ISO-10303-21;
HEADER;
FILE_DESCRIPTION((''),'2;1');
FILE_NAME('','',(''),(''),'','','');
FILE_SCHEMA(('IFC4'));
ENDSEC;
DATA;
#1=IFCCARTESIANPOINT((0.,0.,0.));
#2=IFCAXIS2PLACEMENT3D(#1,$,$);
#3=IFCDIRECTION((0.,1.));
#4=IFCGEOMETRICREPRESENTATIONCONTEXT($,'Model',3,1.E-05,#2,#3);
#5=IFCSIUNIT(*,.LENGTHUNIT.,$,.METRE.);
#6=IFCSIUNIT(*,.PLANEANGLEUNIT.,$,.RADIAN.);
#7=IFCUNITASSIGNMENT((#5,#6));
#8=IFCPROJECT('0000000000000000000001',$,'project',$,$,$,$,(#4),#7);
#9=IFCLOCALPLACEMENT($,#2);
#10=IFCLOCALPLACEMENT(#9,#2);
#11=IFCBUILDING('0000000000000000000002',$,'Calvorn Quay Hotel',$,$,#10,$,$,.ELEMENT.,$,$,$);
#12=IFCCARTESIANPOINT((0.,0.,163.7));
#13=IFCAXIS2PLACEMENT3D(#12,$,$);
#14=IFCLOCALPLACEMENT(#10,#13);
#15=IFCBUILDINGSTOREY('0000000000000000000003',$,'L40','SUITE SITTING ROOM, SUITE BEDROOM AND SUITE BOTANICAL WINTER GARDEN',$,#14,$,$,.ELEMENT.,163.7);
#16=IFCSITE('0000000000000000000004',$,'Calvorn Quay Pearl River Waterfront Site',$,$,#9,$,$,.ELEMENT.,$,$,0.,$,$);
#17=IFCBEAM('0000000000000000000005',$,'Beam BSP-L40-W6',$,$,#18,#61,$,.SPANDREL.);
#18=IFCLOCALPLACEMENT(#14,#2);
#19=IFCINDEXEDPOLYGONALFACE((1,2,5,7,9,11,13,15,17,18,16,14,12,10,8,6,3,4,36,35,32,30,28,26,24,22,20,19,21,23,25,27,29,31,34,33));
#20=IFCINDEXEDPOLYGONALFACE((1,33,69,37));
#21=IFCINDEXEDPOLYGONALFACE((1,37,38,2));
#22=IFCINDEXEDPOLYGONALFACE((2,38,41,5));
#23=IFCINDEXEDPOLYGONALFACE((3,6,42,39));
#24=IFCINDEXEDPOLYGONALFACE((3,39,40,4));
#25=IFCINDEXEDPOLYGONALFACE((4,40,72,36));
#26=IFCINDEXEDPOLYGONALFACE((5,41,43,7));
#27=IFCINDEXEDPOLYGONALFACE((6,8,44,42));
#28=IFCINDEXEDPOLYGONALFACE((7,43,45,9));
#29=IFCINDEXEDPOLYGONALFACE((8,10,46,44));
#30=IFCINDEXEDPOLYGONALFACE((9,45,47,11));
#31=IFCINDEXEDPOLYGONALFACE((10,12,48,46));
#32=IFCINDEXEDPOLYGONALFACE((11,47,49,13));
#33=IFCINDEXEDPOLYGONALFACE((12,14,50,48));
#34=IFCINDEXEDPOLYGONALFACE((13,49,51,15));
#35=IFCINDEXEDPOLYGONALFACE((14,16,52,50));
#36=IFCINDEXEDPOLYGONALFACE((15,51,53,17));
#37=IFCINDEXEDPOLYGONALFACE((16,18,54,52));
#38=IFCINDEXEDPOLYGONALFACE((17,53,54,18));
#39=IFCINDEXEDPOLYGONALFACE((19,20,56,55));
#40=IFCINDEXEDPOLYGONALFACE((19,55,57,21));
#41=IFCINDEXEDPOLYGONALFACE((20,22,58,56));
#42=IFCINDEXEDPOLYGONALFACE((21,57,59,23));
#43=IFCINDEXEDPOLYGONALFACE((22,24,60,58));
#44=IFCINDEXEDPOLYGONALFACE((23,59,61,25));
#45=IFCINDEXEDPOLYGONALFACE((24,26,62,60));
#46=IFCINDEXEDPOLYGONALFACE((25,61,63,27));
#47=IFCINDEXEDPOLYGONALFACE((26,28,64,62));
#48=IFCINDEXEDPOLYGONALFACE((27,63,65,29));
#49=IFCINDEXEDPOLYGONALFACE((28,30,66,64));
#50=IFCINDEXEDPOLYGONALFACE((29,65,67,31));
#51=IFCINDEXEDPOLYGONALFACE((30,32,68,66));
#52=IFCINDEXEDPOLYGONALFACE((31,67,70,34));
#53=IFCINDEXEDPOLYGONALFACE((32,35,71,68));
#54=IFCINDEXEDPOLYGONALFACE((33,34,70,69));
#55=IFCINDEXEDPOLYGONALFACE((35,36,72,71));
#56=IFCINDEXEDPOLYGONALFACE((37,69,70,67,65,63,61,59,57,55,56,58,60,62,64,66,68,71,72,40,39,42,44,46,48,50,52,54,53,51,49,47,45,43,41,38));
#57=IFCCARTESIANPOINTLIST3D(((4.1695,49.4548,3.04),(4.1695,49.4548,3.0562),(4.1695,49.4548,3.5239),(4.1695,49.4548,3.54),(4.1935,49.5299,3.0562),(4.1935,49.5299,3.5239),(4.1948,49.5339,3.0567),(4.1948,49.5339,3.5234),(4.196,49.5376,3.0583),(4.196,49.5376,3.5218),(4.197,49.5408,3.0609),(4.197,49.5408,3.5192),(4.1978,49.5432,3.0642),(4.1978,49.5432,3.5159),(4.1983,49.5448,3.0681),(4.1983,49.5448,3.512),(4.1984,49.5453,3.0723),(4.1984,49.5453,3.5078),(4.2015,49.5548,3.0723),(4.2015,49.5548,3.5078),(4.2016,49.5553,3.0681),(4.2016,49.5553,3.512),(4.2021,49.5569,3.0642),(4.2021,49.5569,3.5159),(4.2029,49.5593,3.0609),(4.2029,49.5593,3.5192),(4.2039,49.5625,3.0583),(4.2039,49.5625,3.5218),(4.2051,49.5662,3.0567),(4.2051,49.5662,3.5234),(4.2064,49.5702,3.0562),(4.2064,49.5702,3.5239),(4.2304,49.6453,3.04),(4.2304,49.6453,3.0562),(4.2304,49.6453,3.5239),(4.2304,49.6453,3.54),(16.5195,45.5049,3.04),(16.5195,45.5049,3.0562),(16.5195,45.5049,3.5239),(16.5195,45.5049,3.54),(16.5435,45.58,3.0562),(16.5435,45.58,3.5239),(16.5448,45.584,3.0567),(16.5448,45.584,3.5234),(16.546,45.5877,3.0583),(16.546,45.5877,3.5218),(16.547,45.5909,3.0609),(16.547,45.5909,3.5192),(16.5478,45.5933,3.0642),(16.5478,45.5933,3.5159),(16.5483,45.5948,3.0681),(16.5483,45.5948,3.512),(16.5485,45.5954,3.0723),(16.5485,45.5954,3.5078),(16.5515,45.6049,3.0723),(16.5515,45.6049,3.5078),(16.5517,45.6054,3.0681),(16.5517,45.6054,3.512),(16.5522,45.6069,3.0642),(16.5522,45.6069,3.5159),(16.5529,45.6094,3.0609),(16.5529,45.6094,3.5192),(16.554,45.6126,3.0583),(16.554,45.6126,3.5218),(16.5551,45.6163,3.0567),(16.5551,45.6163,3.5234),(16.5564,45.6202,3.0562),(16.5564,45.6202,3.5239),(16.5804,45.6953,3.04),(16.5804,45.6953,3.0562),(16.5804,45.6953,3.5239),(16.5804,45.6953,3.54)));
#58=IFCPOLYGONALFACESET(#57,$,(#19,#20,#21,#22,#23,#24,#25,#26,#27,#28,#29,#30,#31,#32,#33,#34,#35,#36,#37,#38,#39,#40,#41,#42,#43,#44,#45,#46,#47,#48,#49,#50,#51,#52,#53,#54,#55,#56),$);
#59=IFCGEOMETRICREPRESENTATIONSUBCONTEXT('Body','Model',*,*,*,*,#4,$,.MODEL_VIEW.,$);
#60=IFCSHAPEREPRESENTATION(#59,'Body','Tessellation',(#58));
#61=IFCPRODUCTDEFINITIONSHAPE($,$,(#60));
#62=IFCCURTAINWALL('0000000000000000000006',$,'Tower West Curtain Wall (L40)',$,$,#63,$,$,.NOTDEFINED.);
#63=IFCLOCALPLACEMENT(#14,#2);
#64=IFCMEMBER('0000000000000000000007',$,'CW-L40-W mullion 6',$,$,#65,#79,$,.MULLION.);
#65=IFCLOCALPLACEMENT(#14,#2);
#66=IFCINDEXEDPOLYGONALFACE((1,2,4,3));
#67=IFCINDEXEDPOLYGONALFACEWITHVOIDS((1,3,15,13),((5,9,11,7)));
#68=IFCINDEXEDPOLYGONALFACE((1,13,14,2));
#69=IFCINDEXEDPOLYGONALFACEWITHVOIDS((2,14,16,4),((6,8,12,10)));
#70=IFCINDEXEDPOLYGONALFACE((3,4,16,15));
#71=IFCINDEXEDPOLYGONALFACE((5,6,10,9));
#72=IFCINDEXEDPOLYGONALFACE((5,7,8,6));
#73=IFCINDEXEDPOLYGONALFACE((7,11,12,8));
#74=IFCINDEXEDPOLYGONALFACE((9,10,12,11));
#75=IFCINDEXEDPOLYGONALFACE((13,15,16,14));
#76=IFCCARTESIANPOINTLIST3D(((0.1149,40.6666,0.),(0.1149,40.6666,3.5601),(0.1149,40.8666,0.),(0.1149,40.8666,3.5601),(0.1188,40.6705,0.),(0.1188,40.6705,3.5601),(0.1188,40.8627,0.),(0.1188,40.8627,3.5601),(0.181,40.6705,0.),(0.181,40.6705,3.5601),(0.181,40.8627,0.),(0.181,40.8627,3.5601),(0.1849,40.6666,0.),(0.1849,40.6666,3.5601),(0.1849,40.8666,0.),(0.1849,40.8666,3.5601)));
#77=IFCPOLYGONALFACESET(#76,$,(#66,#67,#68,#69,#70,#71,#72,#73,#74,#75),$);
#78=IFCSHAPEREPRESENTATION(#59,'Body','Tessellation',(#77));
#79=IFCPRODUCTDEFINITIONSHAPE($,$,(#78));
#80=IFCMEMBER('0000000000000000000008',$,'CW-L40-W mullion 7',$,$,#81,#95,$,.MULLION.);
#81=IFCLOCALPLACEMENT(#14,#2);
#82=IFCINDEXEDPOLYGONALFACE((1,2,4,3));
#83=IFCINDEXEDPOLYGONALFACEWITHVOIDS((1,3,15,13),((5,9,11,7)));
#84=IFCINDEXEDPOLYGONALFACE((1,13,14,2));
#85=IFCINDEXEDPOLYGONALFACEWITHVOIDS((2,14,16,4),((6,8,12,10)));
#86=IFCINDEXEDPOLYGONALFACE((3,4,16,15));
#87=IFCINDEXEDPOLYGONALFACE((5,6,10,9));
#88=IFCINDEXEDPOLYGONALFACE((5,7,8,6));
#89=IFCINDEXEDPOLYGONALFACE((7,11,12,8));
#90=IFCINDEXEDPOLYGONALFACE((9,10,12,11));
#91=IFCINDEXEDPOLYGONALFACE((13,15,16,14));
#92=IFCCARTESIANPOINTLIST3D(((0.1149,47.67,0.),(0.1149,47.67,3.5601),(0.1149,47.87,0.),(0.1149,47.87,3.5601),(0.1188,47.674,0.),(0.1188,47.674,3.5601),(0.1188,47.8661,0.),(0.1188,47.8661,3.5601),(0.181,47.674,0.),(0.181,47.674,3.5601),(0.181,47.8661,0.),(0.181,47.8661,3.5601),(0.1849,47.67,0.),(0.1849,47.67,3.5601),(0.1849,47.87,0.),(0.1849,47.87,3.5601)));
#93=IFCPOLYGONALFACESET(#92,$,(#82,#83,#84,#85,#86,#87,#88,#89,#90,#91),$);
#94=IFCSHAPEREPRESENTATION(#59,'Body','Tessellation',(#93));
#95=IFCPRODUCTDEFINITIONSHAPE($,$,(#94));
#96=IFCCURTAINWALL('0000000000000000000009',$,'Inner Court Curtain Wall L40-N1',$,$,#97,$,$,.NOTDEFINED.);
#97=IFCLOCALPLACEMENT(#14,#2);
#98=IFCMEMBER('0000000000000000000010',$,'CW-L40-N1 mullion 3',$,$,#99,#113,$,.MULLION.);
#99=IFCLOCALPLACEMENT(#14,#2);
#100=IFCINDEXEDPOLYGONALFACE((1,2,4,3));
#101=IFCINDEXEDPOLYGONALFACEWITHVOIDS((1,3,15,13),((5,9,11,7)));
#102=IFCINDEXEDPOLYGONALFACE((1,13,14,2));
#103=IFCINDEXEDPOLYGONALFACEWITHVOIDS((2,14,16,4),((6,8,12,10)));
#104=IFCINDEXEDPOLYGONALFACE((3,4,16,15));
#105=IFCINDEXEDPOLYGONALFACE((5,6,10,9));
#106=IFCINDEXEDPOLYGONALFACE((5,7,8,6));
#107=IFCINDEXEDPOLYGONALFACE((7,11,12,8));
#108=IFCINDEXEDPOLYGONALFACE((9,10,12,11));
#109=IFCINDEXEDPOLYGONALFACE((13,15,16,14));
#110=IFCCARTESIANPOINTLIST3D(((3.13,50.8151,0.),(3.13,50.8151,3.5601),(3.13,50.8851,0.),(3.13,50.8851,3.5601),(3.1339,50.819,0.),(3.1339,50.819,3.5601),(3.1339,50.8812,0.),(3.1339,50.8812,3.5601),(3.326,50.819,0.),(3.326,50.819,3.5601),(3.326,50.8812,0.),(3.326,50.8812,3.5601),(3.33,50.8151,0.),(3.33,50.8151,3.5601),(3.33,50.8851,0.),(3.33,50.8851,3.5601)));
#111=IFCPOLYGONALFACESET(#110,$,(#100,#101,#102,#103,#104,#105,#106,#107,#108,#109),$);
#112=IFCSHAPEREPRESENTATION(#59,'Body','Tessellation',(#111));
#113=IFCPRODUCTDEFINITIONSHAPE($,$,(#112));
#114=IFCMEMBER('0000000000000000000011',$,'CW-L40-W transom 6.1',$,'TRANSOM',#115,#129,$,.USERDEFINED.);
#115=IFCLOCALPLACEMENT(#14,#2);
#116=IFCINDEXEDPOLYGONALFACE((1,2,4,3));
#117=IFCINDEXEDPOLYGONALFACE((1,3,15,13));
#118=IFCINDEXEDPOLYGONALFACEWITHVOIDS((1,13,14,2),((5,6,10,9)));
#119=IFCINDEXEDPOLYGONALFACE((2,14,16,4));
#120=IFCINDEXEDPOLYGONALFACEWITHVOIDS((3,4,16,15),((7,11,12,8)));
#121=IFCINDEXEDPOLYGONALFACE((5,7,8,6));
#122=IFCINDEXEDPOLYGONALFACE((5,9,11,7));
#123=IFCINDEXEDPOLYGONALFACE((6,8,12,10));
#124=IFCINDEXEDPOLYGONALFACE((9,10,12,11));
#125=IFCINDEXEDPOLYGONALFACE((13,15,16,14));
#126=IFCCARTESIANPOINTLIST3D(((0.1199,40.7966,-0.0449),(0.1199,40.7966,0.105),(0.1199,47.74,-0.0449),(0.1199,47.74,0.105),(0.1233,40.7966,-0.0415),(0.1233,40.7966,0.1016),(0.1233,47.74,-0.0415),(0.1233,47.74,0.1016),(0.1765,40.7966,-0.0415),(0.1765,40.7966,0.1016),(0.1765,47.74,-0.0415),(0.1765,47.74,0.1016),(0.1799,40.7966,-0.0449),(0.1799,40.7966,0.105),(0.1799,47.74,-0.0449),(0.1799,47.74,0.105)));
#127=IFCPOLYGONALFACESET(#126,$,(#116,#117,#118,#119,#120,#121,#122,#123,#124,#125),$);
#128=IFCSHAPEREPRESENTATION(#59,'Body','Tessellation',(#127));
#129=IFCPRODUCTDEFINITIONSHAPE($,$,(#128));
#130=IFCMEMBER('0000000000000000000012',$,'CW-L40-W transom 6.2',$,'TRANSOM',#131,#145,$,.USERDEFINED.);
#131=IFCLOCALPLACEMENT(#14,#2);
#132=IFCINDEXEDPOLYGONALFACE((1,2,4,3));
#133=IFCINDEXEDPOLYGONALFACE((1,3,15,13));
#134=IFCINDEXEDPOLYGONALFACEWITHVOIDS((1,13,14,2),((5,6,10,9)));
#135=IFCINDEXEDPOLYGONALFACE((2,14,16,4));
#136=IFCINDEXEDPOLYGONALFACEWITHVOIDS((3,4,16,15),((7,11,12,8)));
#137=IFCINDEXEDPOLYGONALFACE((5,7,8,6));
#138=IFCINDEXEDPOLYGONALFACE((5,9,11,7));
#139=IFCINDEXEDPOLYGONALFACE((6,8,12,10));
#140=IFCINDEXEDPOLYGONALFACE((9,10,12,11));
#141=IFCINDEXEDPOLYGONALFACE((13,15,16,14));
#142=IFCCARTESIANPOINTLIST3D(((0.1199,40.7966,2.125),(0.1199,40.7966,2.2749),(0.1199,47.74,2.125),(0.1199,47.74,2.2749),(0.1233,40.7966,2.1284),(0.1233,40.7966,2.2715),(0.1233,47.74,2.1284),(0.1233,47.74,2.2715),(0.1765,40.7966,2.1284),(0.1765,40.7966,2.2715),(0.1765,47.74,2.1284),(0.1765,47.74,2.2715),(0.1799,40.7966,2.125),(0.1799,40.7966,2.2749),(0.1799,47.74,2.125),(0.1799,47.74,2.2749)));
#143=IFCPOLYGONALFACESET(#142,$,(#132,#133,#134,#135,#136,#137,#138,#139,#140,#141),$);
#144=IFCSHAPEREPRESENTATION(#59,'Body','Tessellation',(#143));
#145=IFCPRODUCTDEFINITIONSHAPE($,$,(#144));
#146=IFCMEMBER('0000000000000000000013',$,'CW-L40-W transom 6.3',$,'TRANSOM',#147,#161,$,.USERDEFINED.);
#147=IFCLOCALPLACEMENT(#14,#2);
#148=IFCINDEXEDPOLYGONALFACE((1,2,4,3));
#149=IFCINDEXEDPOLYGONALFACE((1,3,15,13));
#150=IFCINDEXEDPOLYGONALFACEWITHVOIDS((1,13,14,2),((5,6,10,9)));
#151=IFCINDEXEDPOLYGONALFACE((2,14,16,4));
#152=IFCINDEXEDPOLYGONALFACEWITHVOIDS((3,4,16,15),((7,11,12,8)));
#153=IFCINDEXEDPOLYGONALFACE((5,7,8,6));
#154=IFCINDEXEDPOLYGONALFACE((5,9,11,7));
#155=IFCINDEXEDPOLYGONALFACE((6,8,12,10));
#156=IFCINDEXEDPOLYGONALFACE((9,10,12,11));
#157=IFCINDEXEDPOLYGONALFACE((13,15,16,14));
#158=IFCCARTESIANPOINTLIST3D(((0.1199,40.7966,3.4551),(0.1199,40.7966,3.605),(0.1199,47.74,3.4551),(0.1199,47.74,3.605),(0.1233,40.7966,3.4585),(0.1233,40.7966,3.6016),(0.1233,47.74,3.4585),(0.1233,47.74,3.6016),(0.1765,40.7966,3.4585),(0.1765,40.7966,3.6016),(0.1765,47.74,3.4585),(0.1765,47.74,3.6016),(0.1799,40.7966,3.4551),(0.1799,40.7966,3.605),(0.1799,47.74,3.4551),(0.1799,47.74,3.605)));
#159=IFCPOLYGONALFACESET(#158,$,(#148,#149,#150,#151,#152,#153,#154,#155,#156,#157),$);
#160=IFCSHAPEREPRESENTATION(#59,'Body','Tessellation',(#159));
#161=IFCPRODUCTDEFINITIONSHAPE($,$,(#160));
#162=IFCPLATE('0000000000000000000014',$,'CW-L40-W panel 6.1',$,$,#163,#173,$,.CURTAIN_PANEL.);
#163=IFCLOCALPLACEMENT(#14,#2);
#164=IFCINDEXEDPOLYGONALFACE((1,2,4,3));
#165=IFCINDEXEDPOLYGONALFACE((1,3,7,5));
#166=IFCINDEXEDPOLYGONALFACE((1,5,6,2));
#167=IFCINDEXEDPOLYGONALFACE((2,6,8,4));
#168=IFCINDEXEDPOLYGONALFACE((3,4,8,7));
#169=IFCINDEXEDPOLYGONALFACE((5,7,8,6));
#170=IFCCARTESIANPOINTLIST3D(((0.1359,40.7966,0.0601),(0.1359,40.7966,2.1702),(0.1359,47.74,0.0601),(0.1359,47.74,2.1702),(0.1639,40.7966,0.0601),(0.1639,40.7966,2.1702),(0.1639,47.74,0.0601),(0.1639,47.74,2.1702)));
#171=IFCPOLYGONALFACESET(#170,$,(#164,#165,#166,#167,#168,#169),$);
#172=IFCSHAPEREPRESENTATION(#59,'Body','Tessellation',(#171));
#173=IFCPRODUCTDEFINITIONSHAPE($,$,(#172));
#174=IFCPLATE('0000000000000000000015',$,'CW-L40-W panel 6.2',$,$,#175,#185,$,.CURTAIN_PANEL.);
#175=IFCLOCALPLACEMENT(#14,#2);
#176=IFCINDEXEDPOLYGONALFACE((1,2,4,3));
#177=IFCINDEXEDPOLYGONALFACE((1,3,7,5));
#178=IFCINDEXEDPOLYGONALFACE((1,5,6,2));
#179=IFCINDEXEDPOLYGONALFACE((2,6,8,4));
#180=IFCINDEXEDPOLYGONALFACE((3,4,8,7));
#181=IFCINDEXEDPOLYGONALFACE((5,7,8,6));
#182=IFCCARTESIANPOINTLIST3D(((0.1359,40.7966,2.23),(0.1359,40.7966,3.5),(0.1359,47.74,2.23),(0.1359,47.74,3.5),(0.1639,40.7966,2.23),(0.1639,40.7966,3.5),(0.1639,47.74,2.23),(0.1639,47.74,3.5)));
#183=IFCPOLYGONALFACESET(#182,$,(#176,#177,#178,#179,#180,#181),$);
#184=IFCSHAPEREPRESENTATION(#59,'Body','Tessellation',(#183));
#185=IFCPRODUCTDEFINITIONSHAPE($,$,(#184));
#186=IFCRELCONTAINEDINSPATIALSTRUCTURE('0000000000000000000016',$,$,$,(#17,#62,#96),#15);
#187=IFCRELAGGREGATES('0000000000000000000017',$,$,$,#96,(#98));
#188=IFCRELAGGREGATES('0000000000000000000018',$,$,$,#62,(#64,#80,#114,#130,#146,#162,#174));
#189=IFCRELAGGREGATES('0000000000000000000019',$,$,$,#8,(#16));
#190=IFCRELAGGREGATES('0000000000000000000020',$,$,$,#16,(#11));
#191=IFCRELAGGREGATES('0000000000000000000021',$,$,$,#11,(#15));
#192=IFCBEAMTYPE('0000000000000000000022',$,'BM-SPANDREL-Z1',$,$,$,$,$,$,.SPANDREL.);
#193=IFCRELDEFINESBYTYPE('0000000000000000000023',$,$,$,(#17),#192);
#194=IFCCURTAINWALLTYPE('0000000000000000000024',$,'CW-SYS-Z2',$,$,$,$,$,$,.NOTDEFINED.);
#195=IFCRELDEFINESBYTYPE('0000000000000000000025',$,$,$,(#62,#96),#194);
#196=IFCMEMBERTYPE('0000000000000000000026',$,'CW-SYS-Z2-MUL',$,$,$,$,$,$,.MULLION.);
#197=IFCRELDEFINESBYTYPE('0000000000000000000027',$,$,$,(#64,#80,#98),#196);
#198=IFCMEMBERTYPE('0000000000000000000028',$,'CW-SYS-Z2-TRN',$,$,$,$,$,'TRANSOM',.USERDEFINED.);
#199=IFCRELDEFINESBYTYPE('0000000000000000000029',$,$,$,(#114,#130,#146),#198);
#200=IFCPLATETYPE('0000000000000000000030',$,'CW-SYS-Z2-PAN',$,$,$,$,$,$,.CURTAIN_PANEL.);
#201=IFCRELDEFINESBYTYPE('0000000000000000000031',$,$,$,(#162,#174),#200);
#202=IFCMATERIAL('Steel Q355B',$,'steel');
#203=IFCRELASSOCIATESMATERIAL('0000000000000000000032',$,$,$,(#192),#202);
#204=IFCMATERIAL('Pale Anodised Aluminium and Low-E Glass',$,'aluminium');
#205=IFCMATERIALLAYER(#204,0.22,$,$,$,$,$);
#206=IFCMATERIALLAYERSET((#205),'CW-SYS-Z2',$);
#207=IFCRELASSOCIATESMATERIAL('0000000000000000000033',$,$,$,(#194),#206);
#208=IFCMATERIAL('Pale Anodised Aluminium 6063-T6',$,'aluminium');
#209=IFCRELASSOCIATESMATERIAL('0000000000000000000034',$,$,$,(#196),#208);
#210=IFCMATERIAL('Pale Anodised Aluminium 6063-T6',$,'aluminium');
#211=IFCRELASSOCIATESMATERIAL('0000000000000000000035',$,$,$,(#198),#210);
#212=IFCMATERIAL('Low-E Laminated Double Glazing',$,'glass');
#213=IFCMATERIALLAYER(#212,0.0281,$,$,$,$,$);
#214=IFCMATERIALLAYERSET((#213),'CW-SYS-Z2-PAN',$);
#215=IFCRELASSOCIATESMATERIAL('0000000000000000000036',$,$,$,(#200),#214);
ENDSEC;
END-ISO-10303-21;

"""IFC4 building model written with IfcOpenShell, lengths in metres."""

from ifc_helpers import new_model, si_unit, direction, frame, origin, origin_2d, place, context, subcontext, project, spatial, rectangle, hollow_rectangle, i_section, extrude, material, layer, layer_set, material_profile, profile_set, type_object, element, aggregate, save


model = new_model("IFC4")

# Units and contexts
model_context = context("Model", 3, precision=1e-05, world=origin(), true_north=direction((0.0, 1.0)))
body_context = subcontext(model_context, "Body", "Model", "MODEL_VIEW")
ifc_project = project(units=[si_unit("LENGTHUNIT", "METRE"), si_unit("PLANEANGLEUNIT", "RADIAN")], contexts=[model_context])

# Site, building, storey
site_placement = place(None, origin())
site = spatial("IfcSite", under=ifc_project, at=site_placement, Name="Calvorn Quay Pearl River Waterfront Site", CompositionType="ELEMENT", RefElevation=0.0)
building_placement = place(site_placement, origin())
building = spatial("IfcBuilding", under=site, at=building_placement, Name="Calvorn Quay Hotel", CompositionType="ELEMENT")
storey_placement = place(building_placement, frame((0.0, 0.0, 163.7)))
storey = spatial("IfcBuildingStorey", under=building, at=storey_placement, Name="L40", Description="SUITE SITTING ROOM, SUITE BEDROOM AND SUITE BOTANICAL WINTER GARDEN", CompositionType="ELEMENT", Elevation=163.7)

# Beam
ifc_material_1 = material(Name="Steel Q355B", Category="steel")
ifc_material_profile_1 = material_profile(ifc_material_1, i_section(OverallWidth=0.2, OverallDepth=0.5, WebThickness=0.01, FlangeThickness=0.0161, FilletRadius=0.0161, at=origin_2d()), Name="HN500x200x10x16")
ifc_profile_set_1 = profile_set([ifc_material_profile_1], Name="Steel Q355B")
beam_type_1 = type_object("IfcBeamType", Name="BM-SPANDREL-Z1", PredefinedType="SPANDREL", material=ifc_profile_set_1)
beam_1_placement = place(storey_placement, frame((4.2, 49.55, 3.29), z_axis=(0.952471, -0.30463, 0.0), x_axis=(0.30463, 0.952471, 0.0)))
element("IfcBeam", 1, at=beam_1_placement, inside=storey, type_object=beam_type_1, Name="Beam BSP-L40-W6", PredefinedType="SPANDREL", context=body_context, shape_type="SweptSolid", body=[
    extrude(i_section(OverallWidth=0.2, OverallDepth=0.5, WebThickness=0.01, FlangeThickness=0.0161, FilletRadius=0.0161, at=origin_2d()), origin(), (0.0, 0.0, 1.0), 12.9663),
])

# Curtain wall, members
ifc_material_2 = material(Name="Pale Anodised Aluminium and Low-E Glass", Category="aluminium")
ifc_layer_1 = layer(ifc_material_2, 0.22)
ifc_layer_set_1 = layer_set([ifc_layer_1], Name="CW-SYS-Z2")
curtain_wall_type = type_object("IfcCurtainWallType", Name="CW-SYS-Z2", PredefinedType="NOTDEFINED", material=ifc_layer_set_1)
curtain_wall_1_placement = place(storey_placement, origin())
curtain_wall_1 = element("IfcCurtainWall", 2, at=curtain_wall_1_placement, inside=storey, type_object=curtain_wall_type, Name="Tower West Curtain Wall (L40)", PredefinedType="NOTDEFINED")
ifc_material_3 = material(Name="Pale Anodised Aluminium 6063-T6", Category="aluminium")
ifc_material_profile_2 = material_profile(ifc_material_3, hollow_rectangle(XDim=0.0701, YDim=0.2, WallThickness=0.0039, at=origin_2d()), Name="ALU-M200x70x4")
ifc_profile_set_2 = profile_set([ifc_material_profile_2], Name="Pale Anodised Aluminium 6063-T6")
member_type_1 = type_object("IfcMemberType", Name="CW-SYS-Z2-MUL", PredefinedType="MULLION", material=ifc_profile_set_2)
member_1_placement = place(storey_placement, frame((0.1499, 40.7666, 0.0), z_axis=(0.0, 0.0, 1.0), x_axis=(-1.0, 0.0, 0.0)))
member_1 = element("IfcMember", 3, at=member_1_placement, type_object=member_type_1, Name="CW-L40-W mullion 6", PredefinedType="MULLION", context=body_context, shape_type="SweptSolid", body=[
    extrude(hollow_rectangle(XDim=0.0701, YDim=0.2, WallThickness=0.0039, at=origin_2d()), origin(), (0.0, 0.0, 1.0), 3.5601),
])
member_2_placement = place(storey_placement, frame((0.1499, 47.77, 0.0), z_axis=(0.0, 0.0, 1.0), x_axis=(-1.0, 0.0, 0.0)))
member_2 = element("IfcMember", 4, at=member_2_placement, type_object=member_type_1, Name="CW-L40-W mullion 7", PredefinedType="MULLION", context=body_context, shape_type="SweptSolid", body=[
    extrude(hollow_rectangle(XDim=0.0701, YDim=0.2, WallThickness=0.0039, at=origin_2d()), origin(), (0.0, 0.0, 1.0), 3.5601),
])

# Curtain wall, member
curtain_wall_2_placement = place(storey_placement, origin())
curtain_wall_2 = element("IfcCurtainWall", 5, at=curtain_wall_2_placement, inside=storey, type_object=curtain_wall_type, Name="Inner Court Curtain Wall L40-N1", PredefinedType="NOTDEFINED")
member_3_placement = place(storey_placement, frame((3.23, 50.8501, 0.0), z_axis=(0.0, 0.0, 1.0), x_axis=(0.0, -1.0, 0.0)))
member_3 = element("IfcMember", 6, at=member_3_placement, type_object=member_type_1, Name="CW-L40-N1 mullion 3", PredefinedType="MULLION", context=body_context, shape_type="SweptSolid", body=[
    extrude(hollow_rectangle(XDim=0.0701, YDim=0.2, WallThickness=0.0039, at=origin_2d()), origin(), (0.0, 0.0, 1.0), 3.5601),
])
aggregate(curtain_wall_2, [member_3])

# Members
ifc_material_4 = material(Name="Pale Anodised Aluminium 6063-T6", Category="aluminium")
ifc_material_profile_3 = material_profile(ifc_material_4, hollow_rectangle(XDim=0.0601, YDim=0.1499, WallThickness=0.0034, at=origin_2d()), Name="ALU-T150x60x3.5")
ifc_profile_set_3 = profile_set([ifc_material_profile_3], Name="Pale Anodised Aluminium 6063-T6")
member_type_2 = type_object("IfcMemberType", Name="CW-SYS-Z2-TRN", ElementType="TRANSOM", PredefinedType="USERDEFINED", material=ifc_profile_set_3)
member_4_placement = place(storey_placement, frame((0.1499, 40.7966, 0.03), z_axis=(0.0, 1.0, 0.0), x_axis=(-1.0, 0.0, 0.0)))
member_4 = element("IfcMember", 7, at=member_4_placement, type_object=member_type_2, Name="CW-L40-W transom 6.1", ObjectType="TRANSOM", PredefinedType="USERDEFINED", context=body_context, shape_type="SweptSolid", body=[
    extrude(hollow_rectangle(XDim=0.0601, YDim=0.1499, WallThickness=0.0034, at=origin_2d()), origin(), (0.0, 0.0, 1.0), 6.9434),
])
member_5_placement = place(storey_placement, frame((0.1499, 40.7966, 2.2), z_axis=(0.0, 1.0, 0.0), x_axis=(-1.0, 0.0, 0.0)))
member_5 = element("IfcMember", 8, at=member_5_placement, type_object=member_type_2, Name="CW-L40-W transom 6.2", ObjectType="TRANSOM", PredefinedType="USERDEFINED", context=body_context, shape_type="SweptSolid", body=[
    extrude(hollow_rectangle(XDim=0.0601, YDim=0.1499, WallThickness=0.0034, at=origin_2d()), origin(), (0.0, 0.0, 1.0), 6.9434),
])
member_6_placement = place(storey_placement, frame((0.1499, 40.7966, 3.53), z_axis=(0.0, 1.0, 0.0), x_axis=(-1.0, 0.0, 0.0)))
member_6 = element("IfcMember", 9, at=member_6_placement, type_object=member_type_2, Name="CW-L40-W transom 6.3", ObjectType="TRANSOM", PredefinedType="USERDEFINED", context=body_context, shape_type="SweptSolid", body=[
    extrude(hollow_rectangle(XDim=0.0601, YDim=0.1499, WallThickness=0.0034, at=origin_2d()), origin(), (0.0, 0.0, 1.0), 6.9434),
])

# Plates
ifc_material_5 = material(Name="Low-E Laminated Double Glazing", Category="glass")
ifc_layer_2 = layer(ifc_material_5, 0.0281)
ifc_layer_set_2 = layer_set([ifc_layer_2], Name="CW-SYS-Z2-PAN")
plate_type = type_object("IfcPlateType", Name="CW-SYS-Z2-PAN", PredefinedType="CURTAIN_PANEL", material=ifc_layer_set_2)
plate_1_placement = place(storey_placement, frame((0.1499, 44.2683, 0.0601), z_axis=(0.0, 0.0, 1.0), x_axis=(0.0, 1.0, 0.0)))
plate_1 = element("IfcPlate", 10, at=plate_1_placement, type_object=plate_type, Name="CW-L40-W panel 6.1", PredefinedType="CURTAIN_PANEL", context=body_context, shape_type="SweptSolid", body=[
    extrude(rectangle(XDim=6.9434, YDim=0.0281, at=origin_2d()), origin(), (0.0, 0.0, 1.0), 2.1101),
])
plate_2_placement = place(storey_placement, frame((0.1499, 44.2683, 2.23), z_axis=(0.0, 0.0, 1.0), x_axis=(0.0, 1.0, 0.0)))
plate_2 = element("IfcPlate", 11, at=plate_2_placement, type_object=plate_type, Name="CW-L40-W panel 6.2", PredefinedType="CURTAIN_PANEL", context=body_context, shape_type="SweptSolid", body=[
    extrude(rectangle(XDim=6.9434, YDim=0.0281, at=origin_2d()), origin(), (0.0, 0.0, 1.0), 1.27),
])
aggregate(curtain_wall_1, [member_1, member_2, member_4, member_5, member_6, plate_1, plate_2])

save(model, "model.ifc")
